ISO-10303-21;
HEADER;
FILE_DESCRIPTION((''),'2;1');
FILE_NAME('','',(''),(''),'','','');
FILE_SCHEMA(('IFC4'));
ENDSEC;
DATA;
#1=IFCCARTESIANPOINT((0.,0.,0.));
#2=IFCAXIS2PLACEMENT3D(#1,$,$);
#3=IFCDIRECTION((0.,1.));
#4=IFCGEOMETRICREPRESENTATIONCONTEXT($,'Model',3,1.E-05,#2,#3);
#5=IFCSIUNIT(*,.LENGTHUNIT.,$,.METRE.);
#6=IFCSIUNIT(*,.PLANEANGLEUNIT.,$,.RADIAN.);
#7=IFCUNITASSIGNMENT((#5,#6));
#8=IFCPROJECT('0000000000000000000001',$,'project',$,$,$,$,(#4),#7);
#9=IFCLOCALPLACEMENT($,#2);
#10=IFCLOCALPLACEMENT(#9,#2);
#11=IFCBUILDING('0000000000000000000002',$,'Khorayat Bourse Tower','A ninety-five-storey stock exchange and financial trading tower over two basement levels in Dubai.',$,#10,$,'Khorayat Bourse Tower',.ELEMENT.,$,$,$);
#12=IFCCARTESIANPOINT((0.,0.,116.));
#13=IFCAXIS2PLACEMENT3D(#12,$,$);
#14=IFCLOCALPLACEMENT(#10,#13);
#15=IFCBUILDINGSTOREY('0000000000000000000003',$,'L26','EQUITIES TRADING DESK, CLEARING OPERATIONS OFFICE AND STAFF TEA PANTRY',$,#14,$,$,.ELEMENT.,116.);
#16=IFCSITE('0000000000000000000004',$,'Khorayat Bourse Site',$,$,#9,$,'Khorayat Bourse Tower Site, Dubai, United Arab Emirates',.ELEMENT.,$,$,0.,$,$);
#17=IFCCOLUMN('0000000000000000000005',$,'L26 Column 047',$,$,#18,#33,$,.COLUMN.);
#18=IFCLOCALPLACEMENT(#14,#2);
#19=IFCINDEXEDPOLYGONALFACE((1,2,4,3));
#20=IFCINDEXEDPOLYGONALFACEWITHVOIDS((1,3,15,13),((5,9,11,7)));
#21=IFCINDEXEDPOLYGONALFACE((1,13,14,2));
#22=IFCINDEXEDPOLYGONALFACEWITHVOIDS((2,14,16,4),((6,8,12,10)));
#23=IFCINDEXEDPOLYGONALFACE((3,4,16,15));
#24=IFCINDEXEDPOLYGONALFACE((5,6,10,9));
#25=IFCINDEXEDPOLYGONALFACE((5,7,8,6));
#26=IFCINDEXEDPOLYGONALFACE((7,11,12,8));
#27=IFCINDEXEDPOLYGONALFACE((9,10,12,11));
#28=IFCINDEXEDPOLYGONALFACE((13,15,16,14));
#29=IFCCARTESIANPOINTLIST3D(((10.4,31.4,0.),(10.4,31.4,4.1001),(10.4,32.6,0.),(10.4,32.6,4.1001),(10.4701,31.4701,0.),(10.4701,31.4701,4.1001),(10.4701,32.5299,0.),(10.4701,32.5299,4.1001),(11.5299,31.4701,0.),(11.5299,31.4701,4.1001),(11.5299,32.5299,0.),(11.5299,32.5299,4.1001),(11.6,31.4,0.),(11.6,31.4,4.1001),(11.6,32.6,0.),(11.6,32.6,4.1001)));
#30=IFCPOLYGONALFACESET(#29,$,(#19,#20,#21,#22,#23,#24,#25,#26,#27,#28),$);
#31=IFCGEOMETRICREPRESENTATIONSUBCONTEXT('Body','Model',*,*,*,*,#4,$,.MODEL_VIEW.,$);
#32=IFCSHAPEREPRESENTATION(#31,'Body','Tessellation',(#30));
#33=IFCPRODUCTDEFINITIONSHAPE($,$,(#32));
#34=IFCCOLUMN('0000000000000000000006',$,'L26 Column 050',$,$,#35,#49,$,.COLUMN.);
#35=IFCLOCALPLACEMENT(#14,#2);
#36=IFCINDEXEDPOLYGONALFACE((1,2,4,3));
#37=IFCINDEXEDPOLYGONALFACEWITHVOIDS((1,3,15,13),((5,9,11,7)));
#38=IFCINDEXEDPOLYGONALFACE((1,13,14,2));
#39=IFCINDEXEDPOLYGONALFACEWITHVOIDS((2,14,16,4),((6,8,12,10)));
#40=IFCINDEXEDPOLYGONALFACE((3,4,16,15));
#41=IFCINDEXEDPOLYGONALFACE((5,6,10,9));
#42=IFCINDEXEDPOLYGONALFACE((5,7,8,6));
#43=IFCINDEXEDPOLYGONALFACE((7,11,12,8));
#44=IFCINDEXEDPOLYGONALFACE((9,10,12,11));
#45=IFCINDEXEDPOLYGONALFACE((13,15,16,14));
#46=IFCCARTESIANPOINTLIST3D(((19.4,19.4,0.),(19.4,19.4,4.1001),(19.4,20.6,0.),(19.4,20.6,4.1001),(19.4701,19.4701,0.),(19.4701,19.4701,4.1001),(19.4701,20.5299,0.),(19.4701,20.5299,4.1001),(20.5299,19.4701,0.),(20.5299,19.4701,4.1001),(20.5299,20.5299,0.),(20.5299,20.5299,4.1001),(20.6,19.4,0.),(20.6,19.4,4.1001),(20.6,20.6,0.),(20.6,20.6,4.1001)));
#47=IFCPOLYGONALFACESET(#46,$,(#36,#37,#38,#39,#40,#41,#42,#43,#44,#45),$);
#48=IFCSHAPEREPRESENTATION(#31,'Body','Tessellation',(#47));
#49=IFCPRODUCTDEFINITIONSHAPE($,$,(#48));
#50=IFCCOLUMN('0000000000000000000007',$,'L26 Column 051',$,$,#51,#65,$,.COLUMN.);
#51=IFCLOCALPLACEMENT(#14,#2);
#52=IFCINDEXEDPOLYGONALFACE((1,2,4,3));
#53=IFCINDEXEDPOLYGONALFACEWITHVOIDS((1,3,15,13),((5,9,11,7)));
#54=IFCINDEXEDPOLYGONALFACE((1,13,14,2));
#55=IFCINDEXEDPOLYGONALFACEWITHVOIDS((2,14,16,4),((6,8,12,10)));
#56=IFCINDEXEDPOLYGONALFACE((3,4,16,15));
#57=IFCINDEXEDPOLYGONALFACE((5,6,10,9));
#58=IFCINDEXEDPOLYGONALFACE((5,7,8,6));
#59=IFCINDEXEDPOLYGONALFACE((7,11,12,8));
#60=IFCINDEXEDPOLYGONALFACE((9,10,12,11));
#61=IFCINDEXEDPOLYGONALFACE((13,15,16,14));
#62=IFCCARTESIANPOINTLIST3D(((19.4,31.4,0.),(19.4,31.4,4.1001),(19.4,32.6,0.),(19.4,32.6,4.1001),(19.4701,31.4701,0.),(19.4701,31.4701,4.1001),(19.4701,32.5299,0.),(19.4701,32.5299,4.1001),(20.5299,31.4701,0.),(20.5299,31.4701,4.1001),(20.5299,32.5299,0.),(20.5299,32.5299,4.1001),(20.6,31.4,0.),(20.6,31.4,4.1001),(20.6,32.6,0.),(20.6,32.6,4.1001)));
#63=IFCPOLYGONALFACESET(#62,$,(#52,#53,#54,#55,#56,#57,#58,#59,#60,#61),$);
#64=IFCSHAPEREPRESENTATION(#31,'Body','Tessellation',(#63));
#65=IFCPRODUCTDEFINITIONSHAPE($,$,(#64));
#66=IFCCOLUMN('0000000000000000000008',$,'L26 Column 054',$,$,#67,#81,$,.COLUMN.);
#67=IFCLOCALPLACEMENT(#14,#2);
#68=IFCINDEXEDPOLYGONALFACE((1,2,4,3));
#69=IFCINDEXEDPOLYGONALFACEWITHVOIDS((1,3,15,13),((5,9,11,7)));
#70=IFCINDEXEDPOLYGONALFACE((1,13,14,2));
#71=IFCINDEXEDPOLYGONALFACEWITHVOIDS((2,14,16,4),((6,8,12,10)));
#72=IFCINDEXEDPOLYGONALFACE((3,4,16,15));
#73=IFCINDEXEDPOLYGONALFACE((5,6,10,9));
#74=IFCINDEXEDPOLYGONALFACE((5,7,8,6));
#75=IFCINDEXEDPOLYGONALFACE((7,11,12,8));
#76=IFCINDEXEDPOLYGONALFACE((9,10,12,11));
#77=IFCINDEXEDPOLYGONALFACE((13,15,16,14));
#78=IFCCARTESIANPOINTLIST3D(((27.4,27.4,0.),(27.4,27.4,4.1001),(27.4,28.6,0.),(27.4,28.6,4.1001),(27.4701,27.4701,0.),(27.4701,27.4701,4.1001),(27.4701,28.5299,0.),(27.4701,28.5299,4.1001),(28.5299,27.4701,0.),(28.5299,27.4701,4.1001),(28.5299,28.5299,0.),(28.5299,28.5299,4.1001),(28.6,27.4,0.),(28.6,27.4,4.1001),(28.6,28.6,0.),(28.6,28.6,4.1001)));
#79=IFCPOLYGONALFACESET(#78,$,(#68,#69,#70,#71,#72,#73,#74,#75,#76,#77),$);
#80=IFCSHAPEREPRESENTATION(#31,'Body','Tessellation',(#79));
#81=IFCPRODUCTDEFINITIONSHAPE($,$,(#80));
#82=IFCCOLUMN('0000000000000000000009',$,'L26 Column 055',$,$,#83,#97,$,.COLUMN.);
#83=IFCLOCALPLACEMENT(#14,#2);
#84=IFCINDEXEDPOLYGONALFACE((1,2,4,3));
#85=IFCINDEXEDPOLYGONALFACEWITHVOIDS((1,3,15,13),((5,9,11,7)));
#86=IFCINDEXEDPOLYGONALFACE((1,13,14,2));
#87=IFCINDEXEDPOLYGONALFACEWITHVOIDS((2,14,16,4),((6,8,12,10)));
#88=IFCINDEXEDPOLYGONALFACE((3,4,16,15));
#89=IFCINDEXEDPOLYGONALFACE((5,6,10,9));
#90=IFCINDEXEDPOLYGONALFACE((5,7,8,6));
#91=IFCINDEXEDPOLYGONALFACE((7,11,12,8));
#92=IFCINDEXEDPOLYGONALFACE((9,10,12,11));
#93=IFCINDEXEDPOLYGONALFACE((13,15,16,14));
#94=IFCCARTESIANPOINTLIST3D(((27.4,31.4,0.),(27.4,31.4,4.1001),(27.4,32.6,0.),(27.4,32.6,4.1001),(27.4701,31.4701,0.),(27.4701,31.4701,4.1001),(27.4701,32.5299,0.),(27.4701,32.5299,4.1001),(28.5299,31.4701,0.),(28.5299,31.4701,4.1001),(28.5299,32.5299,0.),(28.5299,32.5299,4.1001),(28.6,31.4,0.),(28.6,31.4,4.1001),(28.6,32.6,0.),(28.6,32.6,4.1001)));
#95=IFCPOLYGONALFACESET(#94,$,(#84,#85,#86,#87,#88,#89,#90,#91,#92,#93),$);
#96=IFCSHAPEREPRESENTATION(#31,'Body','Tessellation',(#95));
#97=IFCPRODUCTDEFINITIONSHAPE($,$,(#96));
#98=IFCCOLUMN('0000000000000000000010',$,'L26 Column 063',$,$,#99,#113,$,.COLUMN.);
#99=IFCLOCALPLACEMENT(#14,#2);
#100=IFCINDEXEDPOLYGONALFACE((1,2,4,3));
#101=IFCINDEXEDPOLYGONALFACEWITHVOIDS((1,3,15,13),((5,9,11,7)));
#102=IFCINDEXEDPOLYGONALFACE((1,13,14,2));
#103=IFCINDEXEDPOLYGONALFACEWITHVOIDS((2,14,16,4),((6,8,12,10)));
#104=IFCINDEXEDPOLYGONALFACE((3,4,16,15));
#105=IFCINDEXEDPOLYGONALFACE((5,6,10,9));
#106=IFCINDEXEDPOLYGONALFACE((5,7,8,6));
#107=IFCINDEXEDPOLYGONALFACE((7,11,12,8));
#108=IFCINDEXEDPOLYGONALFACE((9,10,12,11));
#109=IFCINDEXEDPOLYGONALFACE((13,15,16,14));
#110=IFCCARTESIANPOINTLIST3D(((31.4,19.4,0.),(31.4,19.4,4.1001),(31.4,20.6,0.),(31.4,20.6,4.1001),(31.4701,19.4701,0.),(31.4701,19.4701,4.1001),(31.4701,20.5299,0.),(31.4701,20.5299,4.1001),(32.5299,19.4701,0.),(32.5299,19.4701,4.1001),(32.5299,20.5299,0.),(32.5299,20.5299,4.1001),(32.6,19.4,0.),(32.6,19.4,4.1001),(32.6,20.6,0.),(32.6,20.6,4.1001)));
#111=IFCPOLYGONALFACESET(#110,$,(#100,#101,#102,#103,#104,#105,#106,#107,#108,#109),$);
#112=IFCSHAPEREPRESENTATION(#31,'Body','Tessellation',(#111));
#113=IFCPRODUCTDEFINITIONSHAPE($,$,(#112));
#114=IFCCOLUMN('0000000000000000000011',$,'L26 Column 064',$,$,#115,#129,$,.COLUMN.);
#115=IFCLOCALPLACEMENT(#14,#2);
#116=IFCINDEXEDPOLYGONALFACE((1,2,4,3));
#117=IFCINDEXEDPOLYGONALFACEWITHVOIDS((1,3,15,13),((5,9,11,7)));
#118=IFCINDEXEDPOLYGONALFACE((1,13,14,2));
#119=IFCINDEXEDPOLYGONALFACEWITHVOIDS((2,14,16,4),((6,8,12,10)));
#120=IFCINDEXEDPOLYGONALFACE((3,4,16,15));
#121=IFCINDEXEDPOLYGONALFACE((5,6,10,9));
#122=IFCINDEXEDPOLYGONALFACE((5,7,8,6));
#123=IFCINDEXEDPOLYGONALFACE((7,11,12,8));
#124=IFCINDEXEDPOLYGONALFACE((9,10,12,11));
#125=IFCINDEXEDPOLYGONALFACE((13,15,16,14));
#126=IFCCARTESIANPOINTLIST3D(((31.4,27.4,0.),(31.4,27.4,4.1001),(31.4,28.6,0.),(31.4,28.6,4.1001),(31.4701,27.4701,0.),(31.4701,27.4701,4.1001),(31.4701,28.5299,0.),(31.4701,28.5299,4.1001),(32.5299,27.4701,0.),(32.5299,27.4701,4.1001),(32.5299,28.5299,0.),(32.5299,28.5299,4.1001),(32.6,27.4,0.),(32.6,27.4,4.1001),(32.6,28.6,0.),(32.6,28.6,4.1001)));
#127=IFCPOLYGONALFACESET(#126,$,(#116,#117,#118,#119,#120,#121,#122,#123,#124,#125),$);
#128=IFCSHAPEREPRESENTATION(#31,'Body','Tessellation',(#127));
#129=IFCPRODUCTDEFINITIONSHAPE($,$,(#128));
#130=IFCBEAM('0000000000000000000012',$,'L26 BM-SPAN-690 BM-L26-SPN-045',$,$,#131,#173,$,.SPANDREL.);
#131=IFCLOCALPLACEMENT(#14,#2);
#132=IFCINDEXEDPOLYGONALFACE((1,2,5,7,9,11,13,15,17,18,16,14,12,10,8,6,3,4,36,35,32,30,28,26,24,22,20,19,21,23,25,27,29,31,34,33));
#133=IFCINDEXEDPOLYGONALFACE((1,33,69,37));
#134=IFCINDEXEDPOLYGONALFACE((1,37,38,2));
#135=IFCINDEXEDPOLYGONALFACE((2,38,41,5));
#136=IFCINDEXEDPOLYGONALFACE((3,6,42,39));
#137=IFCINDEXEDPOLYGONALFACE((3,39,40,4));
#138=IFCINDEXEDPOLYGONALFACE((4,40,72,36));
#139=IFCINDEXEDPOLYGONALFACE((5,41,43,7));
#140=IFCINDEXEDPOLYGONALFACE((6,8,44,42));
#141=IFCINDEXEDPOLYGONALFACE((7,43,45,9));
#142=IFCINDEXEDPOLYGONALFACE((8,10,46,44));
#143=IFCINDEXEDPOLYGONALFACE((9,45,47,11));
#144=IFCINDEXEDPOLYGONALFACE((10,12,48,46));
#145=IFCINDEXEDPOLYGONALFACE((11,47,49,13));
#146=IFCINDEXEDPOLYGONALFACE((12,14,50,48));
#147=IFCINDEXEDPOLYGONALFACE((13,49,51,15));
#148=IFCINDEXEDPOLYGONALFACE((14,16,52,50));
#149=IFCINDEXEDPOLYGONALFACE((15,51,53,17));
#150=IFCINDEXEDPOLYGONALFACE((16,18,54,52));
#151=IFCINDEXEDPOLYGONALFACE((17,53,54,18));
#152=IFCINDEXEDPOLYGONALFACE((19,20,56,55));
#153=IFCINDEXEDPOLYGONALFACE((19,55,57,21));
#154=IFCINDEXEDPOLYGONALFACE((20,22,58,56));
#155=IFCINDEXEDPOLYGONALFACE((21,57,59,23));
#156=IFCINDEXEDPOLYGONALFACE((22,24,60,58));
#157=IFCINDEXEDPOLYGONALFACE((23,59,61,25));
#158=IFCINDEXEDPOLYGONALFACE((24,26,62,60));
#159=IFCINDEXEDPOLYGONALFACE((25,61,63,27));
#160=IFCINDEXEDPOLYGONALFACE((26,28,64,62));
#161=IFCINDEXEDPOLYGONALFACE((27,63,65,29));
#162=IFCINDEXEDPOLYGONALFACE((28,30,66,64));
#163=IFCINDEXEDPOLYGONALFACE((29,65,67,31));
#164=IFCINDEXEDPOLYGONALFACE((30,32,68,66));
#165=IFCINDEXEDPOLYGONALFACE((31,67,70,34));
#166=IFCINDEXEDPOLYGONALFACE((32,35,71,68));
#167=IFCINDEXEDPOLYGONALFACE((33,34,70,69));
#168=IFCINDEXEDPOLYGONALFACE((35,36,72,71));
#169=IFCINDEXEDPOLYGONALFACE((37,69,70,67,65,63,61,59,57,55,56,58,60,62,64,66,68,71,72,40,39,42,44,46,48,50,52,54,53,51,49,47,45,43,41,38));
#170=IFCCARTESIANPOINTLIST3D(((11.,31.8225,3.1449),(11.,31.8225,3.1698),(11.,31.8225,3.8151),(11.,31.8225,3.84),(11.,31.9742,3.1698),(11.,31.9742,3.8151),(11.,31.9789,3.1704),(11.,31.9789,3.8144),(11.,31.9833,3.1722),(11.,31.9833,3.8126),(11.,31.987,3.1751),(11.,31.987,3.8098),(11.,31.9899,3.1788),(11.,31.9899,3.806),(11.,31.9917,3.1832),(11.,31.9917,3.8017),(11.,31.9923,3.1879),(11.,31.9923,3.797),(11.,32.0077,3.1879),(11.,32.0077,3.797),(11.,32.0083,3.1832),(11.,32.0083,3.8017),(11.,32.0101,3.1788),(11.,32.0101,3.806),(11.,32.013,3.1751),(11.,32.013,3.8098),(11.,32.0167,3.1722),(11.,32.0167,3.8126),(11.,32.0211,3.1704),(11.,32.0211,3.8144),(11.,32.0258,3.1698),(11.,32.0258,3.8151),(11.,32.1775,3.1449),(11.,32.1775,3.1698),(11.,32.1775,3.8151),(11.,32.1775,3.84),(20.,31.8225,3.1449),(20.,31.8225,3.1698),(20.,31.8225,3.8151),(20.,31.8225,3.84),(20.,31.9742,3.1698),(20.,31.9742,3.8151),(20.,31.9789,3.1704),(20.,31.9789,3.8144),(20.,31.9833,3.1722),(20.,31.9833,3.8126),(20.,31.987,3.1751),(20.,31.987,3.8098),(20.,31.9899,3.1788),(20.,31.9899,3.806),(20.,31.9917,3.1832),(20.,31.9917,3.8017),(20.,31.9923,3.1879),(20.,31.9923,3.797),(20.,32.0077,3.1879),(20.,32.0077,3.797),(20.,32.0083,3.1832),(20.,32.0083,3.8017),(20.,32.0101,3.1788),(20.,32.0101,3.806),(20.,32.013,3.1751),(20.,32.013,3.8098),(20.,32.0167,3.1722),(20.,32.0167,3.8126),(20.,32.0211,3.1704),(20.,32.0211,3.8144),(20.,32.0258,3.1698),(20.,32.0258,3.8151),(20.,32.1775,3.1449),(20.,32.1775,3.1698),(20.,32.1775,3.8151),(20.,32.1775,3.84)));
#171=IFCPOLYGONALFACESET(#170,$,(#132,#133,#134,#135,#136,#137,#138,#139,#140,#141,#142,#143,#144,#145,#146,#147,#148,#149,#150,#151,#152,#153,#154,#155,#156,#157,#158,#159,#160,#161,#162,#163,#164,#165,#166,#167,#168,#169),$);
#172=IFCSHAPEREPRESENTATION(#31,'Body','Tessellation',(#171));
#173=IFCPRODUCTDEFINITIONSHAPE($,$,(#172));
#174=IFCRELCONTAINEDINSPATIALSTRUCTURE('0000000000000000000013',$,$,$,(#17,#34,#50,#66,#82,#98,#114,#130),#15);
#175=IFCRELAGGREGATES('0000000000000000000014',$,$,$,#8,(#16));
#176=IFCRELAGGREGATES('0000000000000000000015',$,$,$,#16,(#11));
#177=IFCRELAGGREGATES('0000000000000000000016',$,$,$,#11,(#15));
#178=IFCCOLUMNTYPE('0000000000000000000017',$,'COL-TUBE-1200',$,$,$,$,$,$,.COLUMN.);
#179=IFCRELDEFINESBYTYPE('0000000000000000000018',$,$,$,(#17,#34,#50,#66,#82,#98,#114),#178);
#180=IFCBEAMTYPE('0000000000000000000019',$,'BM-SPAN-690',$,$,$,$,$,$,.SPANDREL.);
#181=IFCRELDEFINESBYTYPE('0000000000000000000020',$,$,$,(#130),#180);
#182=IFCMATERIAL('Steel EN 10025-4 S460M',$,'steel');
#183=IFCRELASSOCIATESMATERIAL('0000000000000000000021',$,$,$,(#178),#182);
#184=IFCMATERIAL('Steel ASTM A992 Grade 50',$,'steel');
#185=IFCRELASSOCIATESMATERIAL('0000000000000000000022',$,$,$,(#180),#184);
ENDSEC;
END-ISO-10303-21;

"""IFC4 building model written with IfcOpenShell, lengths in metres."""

from ifc_helpers import new_model, si_unit, direction, frame, origin, origin_2d, place, context, subcontext, project, spatial, hollow_rectangle, i_section, extrude, source, transform, mapped, material, material_profile, profile_set, type_object, element, save


model = new_model("IFC4")

# Units and contexts
model_context = context("Model", 3, precision=1e-05, world=origin(), true_north=direction((0.0, 1.0)))
body_context = subcontext(model_context, "Body", "Model", "MODEL_VIEW")
ifc_project = project(units=[si_unit("LENGTHUNIT", "METRE"), si_unit("PLANEANGLEUNIT", "RADIAN")], contexts=[model_context])

# Site, building, storey
site_placement = place(None, origin())
site = spatial("IfcSite", under=ifc_project, at=site_placement, Name="Khorayat Bourse Site", LongName="Khorayat Bourse Tower Site, Dubai, United Arab Emirates", CompositionType="ELEMENT", RefElevation=0.0)
building_placement = place(site_placement, origin())
building = spatial("IfcBuilding", under=site, at=building_placement, Name="Khorayat Bourse Tower", Description="A ninety-five-storey stock exchange and financial trading tower over two basement levels in Dubai.", LongName="Khorayat Bourse Tower", CompositionType="ELEMENT")
storey_placement = place(building_placement, frame((0.0, 0.0, 116.0)))
storey = spatial("IfcBuildingStorey", under=building, at=storey_placement, Name="L26", Description="EQUITIES TRADING DESK, CLEARING OPERATIONS OFFICE AND STAFF TEA PANTRY", CompositionType="ELEMENT", Elevation=116.0)

# Columns
ifc_material_1 = material(Name="Steel EN 10025-4 S460M", Category="steel")
ifc_material_profile_1 = material_profile(ifc_material_1, hollow_rectangle(XDim=1.2, YDim=1.2, WallThickness=0.0701, at=origin_2d()), Name="BOX 1200x1200x70")
ifc_profile_set_1 = profile_set([ifc_material_profile_1], Name="Steel EN 10025-4 S460M")
column_type = type_object("IfcColumnType", Name="COL-TUBE-1200", PredefinedType="COLUMN", material=ifc_profile_set_1)
shared_shape_1 = source(origin(), body_context, "Body", "SweptSolid", [
    extrude(hollow_rectangle(XDim=1.2, YDim=1.2, WallThickness=0.0701, at=origin_2d()), origin(), (0.0, 0.0, 1.0), 4.1001),
])
for number, where, z_axis, x_axis, name in (
    (1, (11.0, 32.0, 0.0), (0.0, 0.0, 1.0), (1.0, 0.0, 0.0), "L26 Column 047"),
    (2, (20.0, 20.0, 0.0), (0.0, 0.0, 1.0), (1.0, 0.0, 0.0), "L26 Column 050"),
    (3, (20.0, 32.0, 0.0), (0.0, 0.0, 1.0), (1.0, 0.0, 0.0), "L26 Column 051"),
    (4, (28.0, 28.0, 0.0), (0.0, 0.0, 1.0), (1.0, 0.0, 0.0), "L26 Column 054"),
    (5, (28.0, 32.0, 0.0), (0.0, 0.0, 1.0), (1.0, 0.0, 0.0), "L26 Column 055"),
    (6, (32.0, 20.0, 0.0), (0.0, 0.0, 1.0), (1.0, 0.0, 0.0), "L26 Column 063"),
    (7, (32.0, 28.0, 0.0), (0.0, 0.0, 1.0), (1.0, 0.0, 0.0), "L26 Column 064"),
):
    element("IfcColumn", number, at=place(storey_placement, frame(where, z_axis=z_axis, x_axis=x_axis)), inside=storey, type_object=column_type, Name=name, PredefinedType="COLUMN", context=body_context, shape_type="MappedRepresentation", body=[
        mapped(shared_shape_1, transform((0.0, 0.0, 0.0), scale=1.0)),
    ])

# Beam
ifc_material_2 = material(Name="Steel ASTM A992 Grade 50", Category="steel")
ifc_material_profile_2 = material_profile(ifc_material_2, i_section(OverallWidth=0.355, OverallDepth=0.6951, WebThickness=0.0154, FlangeThickness=0.0249, FilletRadius=0.0181, at=origin_2d()), Name="W690X217")
ifc_profile_set_2 = profile_set([ifc_material_profile_2], Name="Steel ASTM A992 Grade 50")
beam_type_1 = type_object("IfcBeamType", Name="BM-SPAN-690", PredefinedType="SPANDREL", material=ifc_profile_set_2)
shared_shape_2 = source(origin(), body_context, "Body", "SweptSolid", [
    extrude(i_section(OverallWidth=0.355, OverallDepth=0.6951, WebThickness=0.0154, FlangeThickness=0.0249, FilletRadius=0.0181, at=origin_2d()), origin(), (0.0, 0.0, 1.0), 9.0),
])
beam_1_placement = place(storey_placement, frame((11.0, 32.0, 3.4924), z_axis=(1.0, 0.0, 0.0), x_axis=(0.0, 1.0, 0.0)))
element("IfcBeam", 8, at=beam_1_placement, inside=storey, type_object=beam_type_1, Name="L26 BM-SPAN-690 BM-L26-SPN-045", PredefinedType="SPANDREL", context=body_context, shape_type="MappedRepresentation", body=[
    mapped(shared_shape_2, transform((0.0, 0.0, 0.0), scale=1.0)),
])

save(model, "model.ifc")
